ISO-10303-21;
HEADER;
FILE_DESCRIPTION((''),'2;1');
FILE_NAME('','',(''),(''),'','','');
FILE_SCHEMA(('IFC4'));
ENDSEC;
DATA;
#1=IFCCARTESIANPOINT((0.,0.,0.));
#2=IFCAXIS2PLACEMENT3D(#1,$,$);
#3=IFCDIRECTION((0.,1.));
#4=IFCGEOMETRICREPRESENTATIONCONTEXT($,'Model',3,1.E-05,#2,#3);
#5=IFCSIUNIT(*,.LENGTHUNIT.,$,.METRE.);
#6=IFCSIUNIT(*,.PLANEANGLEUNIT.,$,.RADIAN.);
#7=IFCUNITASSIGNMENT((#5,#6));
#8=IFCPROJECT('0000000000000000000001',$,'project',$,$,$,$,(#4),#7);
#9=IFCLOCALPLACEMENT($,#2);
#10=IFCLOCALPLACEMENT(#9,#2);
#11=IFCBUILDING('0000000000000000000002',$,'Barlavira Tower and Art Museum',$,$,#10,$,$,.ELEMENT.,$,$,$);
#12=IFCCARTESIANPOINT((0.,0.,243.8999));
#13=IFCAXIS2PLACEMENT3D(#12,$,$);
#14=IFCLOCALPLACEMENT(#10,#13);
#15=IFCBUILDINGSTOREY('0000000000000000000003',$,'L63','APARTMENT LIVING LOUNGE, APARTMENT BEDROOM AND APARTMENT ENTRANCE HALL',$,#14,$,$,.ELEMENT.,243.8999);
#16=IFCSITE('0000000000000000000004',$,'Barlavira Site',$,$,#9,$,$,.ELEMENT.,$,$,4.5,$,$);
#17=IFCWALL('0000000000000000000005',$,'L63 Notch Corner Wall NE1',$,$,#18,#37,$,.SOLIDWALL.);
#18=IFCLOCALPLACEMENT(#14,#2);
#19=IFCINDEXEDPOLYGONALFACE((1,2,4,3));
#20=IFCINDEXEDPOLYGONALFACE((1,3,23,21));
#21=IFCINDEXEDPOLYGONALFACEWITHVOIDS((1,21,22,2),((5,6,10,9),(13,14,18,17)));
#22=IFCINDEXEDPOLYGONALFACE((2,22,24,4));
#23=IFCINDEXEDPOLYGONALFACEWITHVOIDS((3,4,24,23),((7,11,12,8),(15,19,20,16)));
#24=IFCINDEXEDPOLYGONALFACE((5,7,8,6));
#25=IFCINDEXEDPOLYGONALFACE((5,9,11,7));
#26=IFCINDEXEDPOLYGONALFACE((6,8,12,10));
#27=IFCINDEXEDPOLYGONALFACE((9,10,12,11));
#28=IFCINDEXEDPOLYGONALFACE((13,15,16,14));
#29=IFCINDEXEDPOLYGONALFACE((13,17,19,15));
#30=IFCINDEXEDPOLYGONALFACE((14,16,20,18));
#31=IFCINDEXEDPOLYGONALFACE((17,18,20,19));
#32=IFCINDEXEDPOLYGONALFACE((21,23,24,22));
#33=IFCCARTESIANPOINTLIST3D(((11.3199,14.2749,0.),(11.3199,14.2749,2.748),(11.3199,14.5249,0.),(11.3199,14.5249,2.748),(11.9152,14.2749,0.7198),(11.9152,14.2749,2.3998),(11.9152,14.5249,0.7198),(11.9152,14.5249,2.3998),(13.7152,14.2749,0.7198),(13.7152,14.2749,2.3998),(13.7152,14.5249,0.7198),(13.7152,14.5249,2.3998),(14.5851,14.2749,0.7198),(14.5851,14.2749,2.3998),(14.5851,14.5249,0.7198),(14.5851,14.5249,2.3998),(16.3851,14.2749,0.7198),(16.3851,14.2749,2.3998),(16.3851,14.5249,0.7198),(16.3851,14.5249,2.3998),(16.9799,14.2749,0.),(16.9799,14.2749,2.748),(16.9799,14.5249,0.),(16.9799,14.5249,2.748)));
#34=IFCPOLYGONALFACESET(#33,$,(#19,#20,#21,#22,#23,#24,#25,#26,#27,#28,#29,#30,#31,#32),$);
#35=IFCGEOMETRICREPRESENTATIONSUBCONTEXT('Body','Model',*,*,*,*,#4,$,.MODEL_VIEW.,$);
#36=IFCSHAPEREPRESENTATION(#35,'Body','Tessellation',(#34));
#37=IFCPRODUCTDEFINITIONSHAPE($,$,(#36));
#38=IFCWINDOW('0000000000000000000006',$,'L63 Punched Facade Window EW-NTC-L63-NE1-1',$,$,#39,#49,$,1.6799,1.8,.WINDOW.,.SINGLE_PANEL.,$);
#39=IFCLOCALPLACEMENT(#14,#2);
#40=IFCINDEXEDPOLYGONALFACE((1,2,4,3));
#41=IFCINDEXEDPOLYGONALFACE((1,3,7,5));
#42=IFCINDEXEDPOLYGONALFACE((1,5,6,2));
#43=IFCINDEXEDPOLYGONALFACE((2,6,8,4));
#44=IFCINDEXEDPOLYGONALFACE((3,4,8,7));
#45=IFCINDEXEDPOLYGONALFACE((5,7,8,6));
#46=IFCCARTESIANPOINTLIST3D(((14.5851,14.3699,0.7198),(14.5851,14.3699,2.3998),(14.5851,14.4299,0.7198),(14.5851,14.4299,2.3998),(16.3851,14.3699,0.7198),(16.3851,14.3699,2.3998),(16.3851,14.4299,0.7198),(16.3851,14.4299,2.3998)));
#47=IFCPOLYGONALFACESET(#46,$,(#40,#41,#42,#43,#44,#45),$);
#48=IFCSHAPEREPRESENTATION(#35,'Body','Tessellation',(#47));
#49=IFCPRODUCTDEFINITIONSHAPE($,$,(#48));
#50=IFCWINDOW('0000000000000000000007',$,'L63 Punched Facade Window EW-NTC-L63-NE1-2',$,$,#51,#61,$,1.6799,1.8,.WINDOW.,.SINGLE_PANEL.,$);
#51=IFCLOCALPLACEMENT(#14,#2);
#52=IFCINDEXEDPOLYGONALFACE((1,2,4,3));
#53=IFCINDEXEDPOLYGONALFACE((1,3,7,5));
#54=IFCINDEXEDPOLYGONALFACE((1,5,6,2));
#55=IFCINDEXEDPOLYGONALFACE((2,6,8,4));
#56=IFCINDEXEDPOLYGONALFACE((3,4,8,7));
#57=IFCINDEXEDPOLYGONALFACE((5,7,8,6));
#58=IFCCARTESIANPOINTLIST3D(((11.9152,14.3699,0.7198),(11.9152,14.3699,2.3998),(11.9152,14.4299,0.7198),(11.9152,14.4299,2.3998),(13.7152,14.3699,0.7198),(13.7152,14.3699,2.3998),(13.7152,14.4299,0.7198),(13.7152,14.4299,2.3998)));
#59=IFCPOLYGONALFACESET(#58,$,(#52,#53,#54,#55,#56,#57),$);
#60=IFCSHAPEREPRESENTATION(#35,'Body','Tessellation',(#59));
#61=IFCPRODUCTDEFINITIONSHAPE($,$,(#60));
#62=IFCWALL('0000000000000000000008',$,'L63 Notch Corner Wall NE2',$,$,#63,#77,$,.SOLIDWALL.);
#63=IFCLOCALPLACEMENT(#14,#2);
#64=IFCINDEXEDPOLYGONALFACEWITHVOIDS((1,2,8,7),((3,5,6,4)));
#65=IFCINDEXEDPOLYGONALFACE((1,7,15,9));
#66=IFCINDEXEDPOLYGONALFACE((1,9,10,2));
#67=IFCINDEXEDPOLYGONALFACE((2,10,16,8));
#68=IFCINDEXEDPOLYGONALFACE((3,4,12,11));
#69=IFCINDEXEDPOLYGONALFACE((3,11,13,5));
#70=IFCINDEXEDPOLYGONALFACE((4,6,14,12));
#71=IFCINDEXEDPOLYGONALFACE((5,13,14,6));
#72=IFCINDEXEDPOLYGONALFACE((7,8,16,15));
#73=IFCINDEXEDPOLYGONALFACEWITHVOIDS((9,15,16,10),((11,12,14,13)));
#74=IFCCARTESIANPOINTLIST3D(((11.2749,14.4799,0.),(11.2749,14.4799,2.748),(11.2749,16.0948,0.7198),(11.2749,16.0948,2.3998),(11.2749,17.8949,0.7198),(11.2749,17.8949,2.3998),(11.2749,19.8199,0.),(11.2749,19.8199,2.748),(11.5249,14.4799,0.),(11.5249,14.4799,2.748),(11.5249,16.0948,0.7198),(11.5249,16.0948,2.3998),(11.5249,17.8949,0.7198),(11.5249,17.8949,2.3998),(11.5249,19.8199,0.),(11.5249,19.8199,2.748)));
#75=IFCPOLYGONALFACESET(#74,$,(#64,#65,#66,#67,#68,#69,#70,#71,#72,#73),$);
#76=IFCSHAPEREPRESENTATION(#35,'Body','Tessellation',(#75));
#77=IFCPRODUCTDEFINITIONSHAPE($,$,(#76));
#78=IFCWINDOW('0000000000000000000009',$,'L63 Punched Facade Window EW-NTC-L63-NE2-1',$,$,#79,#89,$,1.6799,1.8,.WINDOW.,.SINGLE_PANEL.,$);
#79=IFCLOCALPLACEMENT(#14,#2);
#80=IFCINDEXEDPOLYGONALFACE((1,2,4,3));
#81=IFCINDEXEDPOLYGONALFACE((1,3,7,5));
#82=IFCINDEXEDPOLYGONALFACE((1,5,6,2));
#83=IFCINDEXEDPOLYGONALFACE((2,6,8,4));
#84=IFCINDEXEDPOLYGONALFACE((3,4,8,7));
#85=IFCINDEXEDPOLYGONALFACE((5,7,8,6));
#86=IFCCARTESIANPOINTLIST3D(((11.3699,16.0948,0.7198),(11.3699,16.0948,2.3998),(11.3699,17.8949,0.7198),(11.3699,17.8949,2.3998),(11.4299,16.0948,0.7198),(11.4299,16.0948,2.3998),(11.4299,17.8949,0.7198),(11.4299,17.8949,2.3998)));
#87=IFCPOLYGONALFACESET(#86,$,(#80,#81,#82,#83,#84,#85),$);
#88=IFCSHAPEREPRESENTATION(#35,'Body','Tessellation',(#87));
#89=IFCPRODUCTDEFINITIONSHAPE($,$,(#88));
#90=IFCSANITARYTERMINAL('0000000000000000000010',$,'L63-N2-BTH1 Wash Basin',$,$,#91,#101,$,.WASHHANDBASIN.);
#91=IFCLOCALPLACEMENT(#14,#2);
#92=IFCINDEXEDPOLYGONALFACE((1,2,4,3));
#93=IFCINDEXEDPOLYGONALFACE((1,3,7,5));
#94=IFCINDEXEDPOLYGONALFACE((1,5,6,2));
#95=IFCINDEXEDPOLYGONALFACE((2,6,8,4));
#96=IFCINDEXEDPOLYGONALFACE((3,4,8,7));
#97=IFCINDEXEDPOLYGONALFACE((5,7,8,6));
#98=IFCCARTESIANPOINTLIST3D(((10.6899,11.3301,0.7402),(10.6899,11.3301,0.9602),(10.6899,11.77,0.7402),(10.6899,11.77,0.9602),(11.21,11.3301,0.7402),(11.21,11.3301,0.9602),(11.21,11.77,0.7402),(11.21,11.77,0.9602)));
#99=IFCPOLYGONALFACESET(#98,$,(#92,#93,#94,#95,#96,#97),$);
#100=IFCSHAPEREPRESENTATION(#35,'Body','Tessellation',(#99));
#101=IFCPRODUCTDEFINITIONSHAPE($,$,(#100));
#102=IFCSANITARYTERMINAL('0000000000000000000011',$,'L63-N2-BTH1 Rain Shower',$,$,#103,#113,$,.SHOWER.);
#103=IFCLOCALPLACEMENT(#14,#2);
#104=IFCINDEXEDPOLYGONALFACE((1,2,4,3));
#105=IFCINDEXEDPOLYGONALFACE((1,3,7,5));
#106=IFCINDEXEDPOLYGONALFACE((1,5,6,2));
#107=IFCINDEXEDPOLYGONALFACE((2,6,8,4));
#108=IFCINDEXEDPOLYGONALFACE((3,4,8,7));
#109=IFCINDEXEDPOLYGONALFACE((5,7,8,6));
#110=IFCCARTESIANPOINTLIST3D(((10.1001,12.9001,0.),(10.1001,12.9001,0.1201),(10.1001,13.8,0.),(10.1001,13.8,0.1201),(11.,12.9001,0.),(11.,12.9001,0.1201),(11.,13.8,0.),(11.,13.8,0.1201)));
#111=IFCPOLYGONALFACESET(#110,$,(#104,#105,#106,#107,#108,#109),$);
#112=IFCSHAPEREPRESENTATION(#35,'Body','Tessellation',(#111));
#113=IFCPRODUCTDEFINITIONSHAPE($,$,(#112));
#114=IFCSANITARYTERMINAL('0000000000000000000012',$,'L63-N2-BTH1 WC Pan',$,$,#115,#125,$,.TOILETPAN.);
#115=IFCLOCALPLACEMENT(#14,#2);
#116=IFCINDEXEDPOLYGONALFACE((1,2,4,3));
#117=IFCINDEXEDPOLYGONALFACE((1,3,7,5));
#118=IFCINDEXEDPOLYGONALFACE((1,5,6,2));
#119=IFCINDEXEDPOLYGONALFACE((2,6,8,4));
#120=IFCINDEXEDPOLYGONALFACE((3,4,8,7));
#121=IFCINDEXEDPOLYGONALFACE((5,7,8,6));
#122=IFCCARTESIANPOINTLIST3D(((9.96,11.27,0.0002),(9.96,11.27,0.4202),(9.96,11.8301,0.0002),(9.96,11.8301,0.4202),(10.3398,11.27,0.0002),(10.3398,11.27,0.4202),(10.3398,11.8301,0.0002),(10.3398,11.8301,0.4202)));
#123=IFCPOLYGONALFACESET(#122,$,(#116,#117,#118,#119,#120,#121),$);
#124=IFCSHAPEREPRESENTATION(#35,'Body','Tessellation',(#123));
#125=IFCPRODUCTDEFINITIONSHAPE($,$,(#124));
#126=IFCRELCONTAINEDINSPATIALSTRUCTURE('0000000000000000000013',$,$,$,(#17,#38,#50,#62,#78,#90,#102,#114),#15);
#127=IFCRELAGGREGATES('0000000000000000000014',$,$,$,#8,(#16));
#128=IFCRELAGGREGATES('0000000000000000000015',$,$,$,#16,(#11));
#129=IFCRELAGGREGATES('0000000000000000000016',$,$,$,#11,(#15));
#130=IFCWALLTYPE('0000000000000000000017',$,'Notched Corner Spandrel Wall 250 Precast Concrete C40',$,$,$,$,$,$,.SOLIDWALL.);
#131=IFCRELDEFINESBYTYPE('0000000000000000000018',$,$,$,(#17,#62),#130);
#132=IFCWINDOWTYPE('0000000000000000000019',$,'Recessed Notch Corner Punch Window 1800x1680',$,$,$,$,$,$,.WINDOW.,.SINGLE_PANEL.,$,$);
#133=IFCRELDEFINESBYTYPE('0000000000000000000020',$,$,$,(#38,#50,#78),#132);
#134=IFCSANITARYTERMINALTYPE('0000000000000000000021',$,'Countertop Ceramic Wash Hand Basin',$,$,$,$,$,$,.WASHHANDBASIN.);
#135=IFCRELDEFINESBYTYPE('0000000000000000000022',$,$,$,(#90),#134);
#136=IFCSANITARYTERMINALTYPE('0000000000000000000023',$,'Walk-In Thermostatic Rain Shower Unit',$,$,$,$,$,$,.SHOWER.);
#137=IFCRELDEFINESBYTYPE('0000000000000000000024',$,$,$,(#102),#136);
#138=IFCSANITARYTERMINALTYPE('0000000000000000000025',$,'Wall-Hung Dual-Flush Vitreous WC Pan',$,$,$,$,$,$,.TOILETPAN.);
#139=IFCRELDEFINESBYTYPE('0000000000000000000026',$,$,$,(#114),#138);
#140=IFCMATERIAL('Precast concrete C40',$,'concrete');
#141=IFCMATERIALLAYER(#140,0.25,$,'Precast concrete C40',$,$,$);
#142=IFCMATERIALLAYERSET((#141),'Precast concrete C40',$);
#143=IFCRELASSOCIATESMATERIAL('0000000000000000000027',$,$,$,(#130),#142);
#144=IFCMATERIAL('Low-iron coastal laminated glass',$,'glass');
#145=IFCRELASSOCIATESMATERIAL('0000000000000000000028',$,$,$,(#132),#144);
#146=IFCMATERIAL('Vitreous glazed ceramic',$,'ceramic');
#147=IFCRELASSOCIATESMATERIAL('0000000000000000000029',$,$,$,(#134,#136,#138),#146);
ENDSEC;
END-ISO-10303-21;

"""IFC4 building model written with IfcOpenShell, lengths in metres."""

from ifc_helpers import new_model, si_unit, direction, frame, frame_2d, origin, origin_2d, place, context, subcontext, project, spatial, rectangle, extrude, material, layer, layer_set, type_object, element, fill, save


model = new_model("IFC4")

# Units and contexts
model_context = context("Model", 3, precision=1e-05, world=origin(), true_north=direction((0.0, 1.0)))
body_context = subcontext(model_context, "Body", "Model", "MODEL_VIEW")
ifc_project = project(units=[si_unit("LENGTHUNIT", "METRE"), si_unit("PLANEANGLEUNIT", "RADIAN")], contexts=[model_context])

# Site, building, storey
site_placement = place(None, origin())
site = spatial("IfcSite", under=ifc_project, at=site_placement, Name="Barlavira Site", CompositionType="ELEMENT", RefElevation=4.5)
building_placement = place(site_placement, origin())
building = spatial("IfcBuilding", under=site, at=building_placement, Name="Barlavira Tower and Art Museum", CompositionType="ELEMENT")
storey_placement = place(building_placement, frame((0.0, 0.0, 243.8999)))
storey = spatial("IfcBuildingStorey", under=building, at=storey_placement, Name="L63", Description="APARTMENT LIVING LOUNGE, APARTMENT BEDROOM AND APARTMENT ENTRANCE HALL", CompositionType="ELEMENT", Elevation=243.8999)

# Shared definitions
ifc_material_1 = material(Name="Precast concrete C40", Category="concrete")
ifc_layer_1 = layer(ifc_material_1, 0.25, Name="Precast concrete C40")
ifc_layer_set_1 = layer_set([ifc_layer_1], Name="Precast concrete C40")
wall_type_1 = type_object("IfcWallType", Name="Notched Corner Spandrel Wall 250 Precast Concrete C40", PredefinedType="SOLIDWALL", material=ifc_layer_set_1)
ifc_material_2 = material(Name="Low-iron coastal laminated glass", Category="glass")

# Wall, openings, windows
wall_1_placement = place(storey_placement, frame((16.98, 14.3999, 0.0), z_axis=(0.0, 0.0, 1.0), x_axis=(-1.0, 0.0, 0.0)))
wall_1 = element("IfcWall", 1, at=wall_1_placement, inside=storey, type_object=wall_type_1, Name="L63 Notch Corner Wall NE1", PredefinedType="SOLIDWALL", context=body_context, shape_type="SweptSolid", body=[
    extrude(rectangle(XDim=5.6599, YDim=0.25, at=frame_2d((2.8301, 0.0))), origin(), (0.0, 0.0, 1.0), 2.748),
])
opening_1_placement = place(wall_1_placement, frame((0.595, 0.0, 0.72)))
opening_1 = element("IfcOpeningElement", 2, at=opening_1_placement, cuts=wall_1, PredefinedType="OPENING", context=body_context, shape_type="SweptSolid", body=[
    extrude(rectangle(XDim=1.8, YDim=1.6799, at=frame_2d((0.8999, 0.8398))), frame((0.0, 0.135, 0.0), z_axis=(0.0, -1.0, 0.0), x_axis=(1.0, 0.0, 0.0)), (0.0, 0.0, 1.0), 0.27),
])
opening_2_placement = place(wall_1_placement, frame((3.2649, 0.0, 0.72)))
opening_2 = element("IfcOpeningElement", 3, at=opening_2_placement, cuts=wall_1, PredefinedType="OPENING", context=body_context, shape_type="SweptSolid", body=[
    extrude(rectangle(XDim=1.8, YDim=1.6799, at=frame_2d((0.8999, 0.8398))), frame((0.0, 0.135, 0.0), z_axis=(0.0, -1.0, 0.0), x_axis=(1.0, 0.0, 0.0)), (0.0, 0.0, 1.0), 0.27),
])
window_type_1 = type_object("IfcWindowType", Name="Recessed Notch Corner Punch Window 1800x1680", PartitioningType="SINGLE_PANEL", PredefinedType="WINDOW", material=ifc_material_2)
window_1_placement = place(opening_1_placement, origin())
window_1 = element("IfcWindow", 4, at=window_1_placement, inside=storey, type_object=window_type_1, Name="L63 Punched Facade Window EW-NTC-L63-NE1-1", OverallHeight=1.6799, OverallWidth=1.8, PartitioningType="SINGLE_PANEL", PredefinedType="WINDOW", context=body_context, shape_type="SweptSolid", body=[
    extrude(rectangle(XDim=1.8, YDim=1.6799, at=frame_2d((0.8999, 0.8398))), frame((0.0, 0.03, 0.0), z_axis=(0.0, -1.0, 0.0), x_axis=(1.0, 0.0, 0.0)), (0.0, 0.0, 1.0), 0.0601),
])
fill(opening_1, window_1)
window_2_placement = place(opening_2_placement, origin())
window_2 = element("IfcWindow", 5, at=window_2_placement, inside=storey, type_object=window_type_1, Name="L63 Punched Facade Window EW-NTC-L63-NE1-2", OverallHeight=1.6799, OverallWidth=1.8, PartitioningType="SINGLE_PANEL", PredefinedType="WINDOW", context=body_context, shape_type="SweptSolid", body=[
    extrude(rectangle(XDim=1.8, YDim=1.6799, at=frame_2d((0.8999, 0.8398))), frame((0.0, 0.03, 0.0), z_axis=(0.0, -1.0, 0.0), x_axis=(1.0, 0.0, 0.0)), (0.0, 0.0, 1.0), 0.0601),
])
fill(opening_2, window_2)

# Wall, opening, window
wall_2_placement = place(storey_placement, frame((11.3999, 14.48, 0.0), z_axis=(0.0, 0.0, 1.0), x_axis=(0.0, 1.0, 0.0)))
wall_2 = element("IfcWall", 6, at=wall_2_placement, inside=storey, type_object=wall_type_1, Name="L63 Notch Corner Wall NE2", PredefinedType="SOLIDWALL", context=body_context, shape_type="SweptSolid", body=[
    extrude(rectangle(XDim=5.3401, YDim=0.25, at=frame_2d((2.6699, 0.0))), origin(), (0.0, 0.0, 1.0), 2.748),
])
opening_3_placement = place(wall_2_placement, frame((1.615, 0.0, 0.72)))
opening_3 = element("IfcOpeningElement", 7, at=opening_3_placement, cuts=wall_2, PredefinedType="OPENING", context=body_context, shape_type="SweptSolid", body=[
    extrude(rectangle(XDim=1.8, YDim=1.6799, at=frame_2d((0.8999, 0.8398))), frame((0.0, 0.135, 0.0), z_axis=(0.0, -1.0, 0.0), x_axis=(1.0, 0.0, 0.0)), (0.0, 0.0, 1.0), 0.27),
])
window_3_placement = place(opening_3_placement, origin())
window_3 = element("IfcWindow", 8, at=window_3_placement, inside=storey, type_object=window_type_1, Name="L63 Punched Facade Window EW-NTC-L63-NE2-1", OverallHeight=1.6799, OverallWidth=1.8, PartitioningType="SINGLE_PANEL", PredefinedType="WINDOW", context=body_context, shape_type="SweptSolid", body=[
    extrude(rectangle(XDim=1.8, YDim=1.6799, at=frame_2d((0.8999, 0.8398))), frame((0.0, 0.03, 0.0), z_axis=(0.0, -1.0, 0.0), x_axis=(1.0, 0.0, 0.0)), (0.0, 0.0, 1.0), 0.0601),
])
fill(opening_3, window_3)

# Sanitary terminals
ifc_material_3 = material(Name="Vitreous glazed ceramic", Category="ceramic")
sanitary_terminal_type_1 = type_object("IfcSanitaryTerminalType", Name="Countertop Ceramic Wash Hand Basin", PredefinedType="WASHHANDBASIN", material=ifc_material_3)
sanitary_terminal_1_placement = place(storey_placement, frame((10.95, 11.55, 0.7402), z_axis=(0.0, 0.0, 1.0), x_axis=(1.0, 0.0, 0.0)))
element("IfcSanitaryTerminal", 9, at=sanitary_terminal_1_placement, inside=storey, type_object=sanitary_terminal_type_1, Name="L63-N2-BTH1 Wash Basin", PredefinedType="WASHHANDBASIN", context=body_context, shape_type="SweptSolid", body=[
    extrude(rectangle(XDim=0.52, YDim=0.4399, at=origin_2d()), origin(), (0.0, 0.0, 1.0), 0.22),
])
sanitary_terminal_type_2 = type_object("IfcSanitaryTerminalType", Name="Walk-In Thermostatic Rain Shower Unit", PredefinedType="SHOWER", material=ifc_material_3)
sanitary_terminal_2_placement = place(storey_placement, frame((10.55, 13.3501, 0.0), z_axis=(0.0, 0.0, 1.0), x_axis=(1.0, 0.0, 0.0)))
element("IfcSanitaryTerminal", 10, at=sanitary_terminal_2_placement, inside=storey, type_object=sanitary_terminal_type_2, Name="L63-N2-BTH1 Rain Shower", PredefinedType="SHOWER", context=body_context, shape_type="SweptSolid", body=[
    extrude(rectangle(XDim=0.8999, YDim=0.8999, at=origin_2d()), origin(), (0.0, 0.0, 1.0), 0.1201),
])
sanitary_terminal_type_3 = type_object("IfcSanitaryTerminalType", Name="Wall-Hung Dual-Flush Vitreous WC Pan", PredefinedType="TOILETPAN", material=ifc_material_3)
sanitary_terminal_3_placement = place(storey_placement, frame((10.1499, 11.55, 0.0002), z_axis=(0.0, 0.0, 1.0), x_axis=(1.0, 0.0, 0.0)))
element("IfcSanitaryTerminal", 11, at=sanitary_terminal_3_placement, inside=storey, type_object=sanitary_terminal_type_3, Name="L63-N2-BTH1 WC Pan", PredefinedType="TOILETPAN", context=body_context, shape_type="SweptSolid", body=[
    extrude(rectangle(XDim=0.3799, YDim=0.5601, at=origin_2d()), origin(), (0.0, 0.0, 1.0), 0.4199),
])

save(model, "model.ifc")
